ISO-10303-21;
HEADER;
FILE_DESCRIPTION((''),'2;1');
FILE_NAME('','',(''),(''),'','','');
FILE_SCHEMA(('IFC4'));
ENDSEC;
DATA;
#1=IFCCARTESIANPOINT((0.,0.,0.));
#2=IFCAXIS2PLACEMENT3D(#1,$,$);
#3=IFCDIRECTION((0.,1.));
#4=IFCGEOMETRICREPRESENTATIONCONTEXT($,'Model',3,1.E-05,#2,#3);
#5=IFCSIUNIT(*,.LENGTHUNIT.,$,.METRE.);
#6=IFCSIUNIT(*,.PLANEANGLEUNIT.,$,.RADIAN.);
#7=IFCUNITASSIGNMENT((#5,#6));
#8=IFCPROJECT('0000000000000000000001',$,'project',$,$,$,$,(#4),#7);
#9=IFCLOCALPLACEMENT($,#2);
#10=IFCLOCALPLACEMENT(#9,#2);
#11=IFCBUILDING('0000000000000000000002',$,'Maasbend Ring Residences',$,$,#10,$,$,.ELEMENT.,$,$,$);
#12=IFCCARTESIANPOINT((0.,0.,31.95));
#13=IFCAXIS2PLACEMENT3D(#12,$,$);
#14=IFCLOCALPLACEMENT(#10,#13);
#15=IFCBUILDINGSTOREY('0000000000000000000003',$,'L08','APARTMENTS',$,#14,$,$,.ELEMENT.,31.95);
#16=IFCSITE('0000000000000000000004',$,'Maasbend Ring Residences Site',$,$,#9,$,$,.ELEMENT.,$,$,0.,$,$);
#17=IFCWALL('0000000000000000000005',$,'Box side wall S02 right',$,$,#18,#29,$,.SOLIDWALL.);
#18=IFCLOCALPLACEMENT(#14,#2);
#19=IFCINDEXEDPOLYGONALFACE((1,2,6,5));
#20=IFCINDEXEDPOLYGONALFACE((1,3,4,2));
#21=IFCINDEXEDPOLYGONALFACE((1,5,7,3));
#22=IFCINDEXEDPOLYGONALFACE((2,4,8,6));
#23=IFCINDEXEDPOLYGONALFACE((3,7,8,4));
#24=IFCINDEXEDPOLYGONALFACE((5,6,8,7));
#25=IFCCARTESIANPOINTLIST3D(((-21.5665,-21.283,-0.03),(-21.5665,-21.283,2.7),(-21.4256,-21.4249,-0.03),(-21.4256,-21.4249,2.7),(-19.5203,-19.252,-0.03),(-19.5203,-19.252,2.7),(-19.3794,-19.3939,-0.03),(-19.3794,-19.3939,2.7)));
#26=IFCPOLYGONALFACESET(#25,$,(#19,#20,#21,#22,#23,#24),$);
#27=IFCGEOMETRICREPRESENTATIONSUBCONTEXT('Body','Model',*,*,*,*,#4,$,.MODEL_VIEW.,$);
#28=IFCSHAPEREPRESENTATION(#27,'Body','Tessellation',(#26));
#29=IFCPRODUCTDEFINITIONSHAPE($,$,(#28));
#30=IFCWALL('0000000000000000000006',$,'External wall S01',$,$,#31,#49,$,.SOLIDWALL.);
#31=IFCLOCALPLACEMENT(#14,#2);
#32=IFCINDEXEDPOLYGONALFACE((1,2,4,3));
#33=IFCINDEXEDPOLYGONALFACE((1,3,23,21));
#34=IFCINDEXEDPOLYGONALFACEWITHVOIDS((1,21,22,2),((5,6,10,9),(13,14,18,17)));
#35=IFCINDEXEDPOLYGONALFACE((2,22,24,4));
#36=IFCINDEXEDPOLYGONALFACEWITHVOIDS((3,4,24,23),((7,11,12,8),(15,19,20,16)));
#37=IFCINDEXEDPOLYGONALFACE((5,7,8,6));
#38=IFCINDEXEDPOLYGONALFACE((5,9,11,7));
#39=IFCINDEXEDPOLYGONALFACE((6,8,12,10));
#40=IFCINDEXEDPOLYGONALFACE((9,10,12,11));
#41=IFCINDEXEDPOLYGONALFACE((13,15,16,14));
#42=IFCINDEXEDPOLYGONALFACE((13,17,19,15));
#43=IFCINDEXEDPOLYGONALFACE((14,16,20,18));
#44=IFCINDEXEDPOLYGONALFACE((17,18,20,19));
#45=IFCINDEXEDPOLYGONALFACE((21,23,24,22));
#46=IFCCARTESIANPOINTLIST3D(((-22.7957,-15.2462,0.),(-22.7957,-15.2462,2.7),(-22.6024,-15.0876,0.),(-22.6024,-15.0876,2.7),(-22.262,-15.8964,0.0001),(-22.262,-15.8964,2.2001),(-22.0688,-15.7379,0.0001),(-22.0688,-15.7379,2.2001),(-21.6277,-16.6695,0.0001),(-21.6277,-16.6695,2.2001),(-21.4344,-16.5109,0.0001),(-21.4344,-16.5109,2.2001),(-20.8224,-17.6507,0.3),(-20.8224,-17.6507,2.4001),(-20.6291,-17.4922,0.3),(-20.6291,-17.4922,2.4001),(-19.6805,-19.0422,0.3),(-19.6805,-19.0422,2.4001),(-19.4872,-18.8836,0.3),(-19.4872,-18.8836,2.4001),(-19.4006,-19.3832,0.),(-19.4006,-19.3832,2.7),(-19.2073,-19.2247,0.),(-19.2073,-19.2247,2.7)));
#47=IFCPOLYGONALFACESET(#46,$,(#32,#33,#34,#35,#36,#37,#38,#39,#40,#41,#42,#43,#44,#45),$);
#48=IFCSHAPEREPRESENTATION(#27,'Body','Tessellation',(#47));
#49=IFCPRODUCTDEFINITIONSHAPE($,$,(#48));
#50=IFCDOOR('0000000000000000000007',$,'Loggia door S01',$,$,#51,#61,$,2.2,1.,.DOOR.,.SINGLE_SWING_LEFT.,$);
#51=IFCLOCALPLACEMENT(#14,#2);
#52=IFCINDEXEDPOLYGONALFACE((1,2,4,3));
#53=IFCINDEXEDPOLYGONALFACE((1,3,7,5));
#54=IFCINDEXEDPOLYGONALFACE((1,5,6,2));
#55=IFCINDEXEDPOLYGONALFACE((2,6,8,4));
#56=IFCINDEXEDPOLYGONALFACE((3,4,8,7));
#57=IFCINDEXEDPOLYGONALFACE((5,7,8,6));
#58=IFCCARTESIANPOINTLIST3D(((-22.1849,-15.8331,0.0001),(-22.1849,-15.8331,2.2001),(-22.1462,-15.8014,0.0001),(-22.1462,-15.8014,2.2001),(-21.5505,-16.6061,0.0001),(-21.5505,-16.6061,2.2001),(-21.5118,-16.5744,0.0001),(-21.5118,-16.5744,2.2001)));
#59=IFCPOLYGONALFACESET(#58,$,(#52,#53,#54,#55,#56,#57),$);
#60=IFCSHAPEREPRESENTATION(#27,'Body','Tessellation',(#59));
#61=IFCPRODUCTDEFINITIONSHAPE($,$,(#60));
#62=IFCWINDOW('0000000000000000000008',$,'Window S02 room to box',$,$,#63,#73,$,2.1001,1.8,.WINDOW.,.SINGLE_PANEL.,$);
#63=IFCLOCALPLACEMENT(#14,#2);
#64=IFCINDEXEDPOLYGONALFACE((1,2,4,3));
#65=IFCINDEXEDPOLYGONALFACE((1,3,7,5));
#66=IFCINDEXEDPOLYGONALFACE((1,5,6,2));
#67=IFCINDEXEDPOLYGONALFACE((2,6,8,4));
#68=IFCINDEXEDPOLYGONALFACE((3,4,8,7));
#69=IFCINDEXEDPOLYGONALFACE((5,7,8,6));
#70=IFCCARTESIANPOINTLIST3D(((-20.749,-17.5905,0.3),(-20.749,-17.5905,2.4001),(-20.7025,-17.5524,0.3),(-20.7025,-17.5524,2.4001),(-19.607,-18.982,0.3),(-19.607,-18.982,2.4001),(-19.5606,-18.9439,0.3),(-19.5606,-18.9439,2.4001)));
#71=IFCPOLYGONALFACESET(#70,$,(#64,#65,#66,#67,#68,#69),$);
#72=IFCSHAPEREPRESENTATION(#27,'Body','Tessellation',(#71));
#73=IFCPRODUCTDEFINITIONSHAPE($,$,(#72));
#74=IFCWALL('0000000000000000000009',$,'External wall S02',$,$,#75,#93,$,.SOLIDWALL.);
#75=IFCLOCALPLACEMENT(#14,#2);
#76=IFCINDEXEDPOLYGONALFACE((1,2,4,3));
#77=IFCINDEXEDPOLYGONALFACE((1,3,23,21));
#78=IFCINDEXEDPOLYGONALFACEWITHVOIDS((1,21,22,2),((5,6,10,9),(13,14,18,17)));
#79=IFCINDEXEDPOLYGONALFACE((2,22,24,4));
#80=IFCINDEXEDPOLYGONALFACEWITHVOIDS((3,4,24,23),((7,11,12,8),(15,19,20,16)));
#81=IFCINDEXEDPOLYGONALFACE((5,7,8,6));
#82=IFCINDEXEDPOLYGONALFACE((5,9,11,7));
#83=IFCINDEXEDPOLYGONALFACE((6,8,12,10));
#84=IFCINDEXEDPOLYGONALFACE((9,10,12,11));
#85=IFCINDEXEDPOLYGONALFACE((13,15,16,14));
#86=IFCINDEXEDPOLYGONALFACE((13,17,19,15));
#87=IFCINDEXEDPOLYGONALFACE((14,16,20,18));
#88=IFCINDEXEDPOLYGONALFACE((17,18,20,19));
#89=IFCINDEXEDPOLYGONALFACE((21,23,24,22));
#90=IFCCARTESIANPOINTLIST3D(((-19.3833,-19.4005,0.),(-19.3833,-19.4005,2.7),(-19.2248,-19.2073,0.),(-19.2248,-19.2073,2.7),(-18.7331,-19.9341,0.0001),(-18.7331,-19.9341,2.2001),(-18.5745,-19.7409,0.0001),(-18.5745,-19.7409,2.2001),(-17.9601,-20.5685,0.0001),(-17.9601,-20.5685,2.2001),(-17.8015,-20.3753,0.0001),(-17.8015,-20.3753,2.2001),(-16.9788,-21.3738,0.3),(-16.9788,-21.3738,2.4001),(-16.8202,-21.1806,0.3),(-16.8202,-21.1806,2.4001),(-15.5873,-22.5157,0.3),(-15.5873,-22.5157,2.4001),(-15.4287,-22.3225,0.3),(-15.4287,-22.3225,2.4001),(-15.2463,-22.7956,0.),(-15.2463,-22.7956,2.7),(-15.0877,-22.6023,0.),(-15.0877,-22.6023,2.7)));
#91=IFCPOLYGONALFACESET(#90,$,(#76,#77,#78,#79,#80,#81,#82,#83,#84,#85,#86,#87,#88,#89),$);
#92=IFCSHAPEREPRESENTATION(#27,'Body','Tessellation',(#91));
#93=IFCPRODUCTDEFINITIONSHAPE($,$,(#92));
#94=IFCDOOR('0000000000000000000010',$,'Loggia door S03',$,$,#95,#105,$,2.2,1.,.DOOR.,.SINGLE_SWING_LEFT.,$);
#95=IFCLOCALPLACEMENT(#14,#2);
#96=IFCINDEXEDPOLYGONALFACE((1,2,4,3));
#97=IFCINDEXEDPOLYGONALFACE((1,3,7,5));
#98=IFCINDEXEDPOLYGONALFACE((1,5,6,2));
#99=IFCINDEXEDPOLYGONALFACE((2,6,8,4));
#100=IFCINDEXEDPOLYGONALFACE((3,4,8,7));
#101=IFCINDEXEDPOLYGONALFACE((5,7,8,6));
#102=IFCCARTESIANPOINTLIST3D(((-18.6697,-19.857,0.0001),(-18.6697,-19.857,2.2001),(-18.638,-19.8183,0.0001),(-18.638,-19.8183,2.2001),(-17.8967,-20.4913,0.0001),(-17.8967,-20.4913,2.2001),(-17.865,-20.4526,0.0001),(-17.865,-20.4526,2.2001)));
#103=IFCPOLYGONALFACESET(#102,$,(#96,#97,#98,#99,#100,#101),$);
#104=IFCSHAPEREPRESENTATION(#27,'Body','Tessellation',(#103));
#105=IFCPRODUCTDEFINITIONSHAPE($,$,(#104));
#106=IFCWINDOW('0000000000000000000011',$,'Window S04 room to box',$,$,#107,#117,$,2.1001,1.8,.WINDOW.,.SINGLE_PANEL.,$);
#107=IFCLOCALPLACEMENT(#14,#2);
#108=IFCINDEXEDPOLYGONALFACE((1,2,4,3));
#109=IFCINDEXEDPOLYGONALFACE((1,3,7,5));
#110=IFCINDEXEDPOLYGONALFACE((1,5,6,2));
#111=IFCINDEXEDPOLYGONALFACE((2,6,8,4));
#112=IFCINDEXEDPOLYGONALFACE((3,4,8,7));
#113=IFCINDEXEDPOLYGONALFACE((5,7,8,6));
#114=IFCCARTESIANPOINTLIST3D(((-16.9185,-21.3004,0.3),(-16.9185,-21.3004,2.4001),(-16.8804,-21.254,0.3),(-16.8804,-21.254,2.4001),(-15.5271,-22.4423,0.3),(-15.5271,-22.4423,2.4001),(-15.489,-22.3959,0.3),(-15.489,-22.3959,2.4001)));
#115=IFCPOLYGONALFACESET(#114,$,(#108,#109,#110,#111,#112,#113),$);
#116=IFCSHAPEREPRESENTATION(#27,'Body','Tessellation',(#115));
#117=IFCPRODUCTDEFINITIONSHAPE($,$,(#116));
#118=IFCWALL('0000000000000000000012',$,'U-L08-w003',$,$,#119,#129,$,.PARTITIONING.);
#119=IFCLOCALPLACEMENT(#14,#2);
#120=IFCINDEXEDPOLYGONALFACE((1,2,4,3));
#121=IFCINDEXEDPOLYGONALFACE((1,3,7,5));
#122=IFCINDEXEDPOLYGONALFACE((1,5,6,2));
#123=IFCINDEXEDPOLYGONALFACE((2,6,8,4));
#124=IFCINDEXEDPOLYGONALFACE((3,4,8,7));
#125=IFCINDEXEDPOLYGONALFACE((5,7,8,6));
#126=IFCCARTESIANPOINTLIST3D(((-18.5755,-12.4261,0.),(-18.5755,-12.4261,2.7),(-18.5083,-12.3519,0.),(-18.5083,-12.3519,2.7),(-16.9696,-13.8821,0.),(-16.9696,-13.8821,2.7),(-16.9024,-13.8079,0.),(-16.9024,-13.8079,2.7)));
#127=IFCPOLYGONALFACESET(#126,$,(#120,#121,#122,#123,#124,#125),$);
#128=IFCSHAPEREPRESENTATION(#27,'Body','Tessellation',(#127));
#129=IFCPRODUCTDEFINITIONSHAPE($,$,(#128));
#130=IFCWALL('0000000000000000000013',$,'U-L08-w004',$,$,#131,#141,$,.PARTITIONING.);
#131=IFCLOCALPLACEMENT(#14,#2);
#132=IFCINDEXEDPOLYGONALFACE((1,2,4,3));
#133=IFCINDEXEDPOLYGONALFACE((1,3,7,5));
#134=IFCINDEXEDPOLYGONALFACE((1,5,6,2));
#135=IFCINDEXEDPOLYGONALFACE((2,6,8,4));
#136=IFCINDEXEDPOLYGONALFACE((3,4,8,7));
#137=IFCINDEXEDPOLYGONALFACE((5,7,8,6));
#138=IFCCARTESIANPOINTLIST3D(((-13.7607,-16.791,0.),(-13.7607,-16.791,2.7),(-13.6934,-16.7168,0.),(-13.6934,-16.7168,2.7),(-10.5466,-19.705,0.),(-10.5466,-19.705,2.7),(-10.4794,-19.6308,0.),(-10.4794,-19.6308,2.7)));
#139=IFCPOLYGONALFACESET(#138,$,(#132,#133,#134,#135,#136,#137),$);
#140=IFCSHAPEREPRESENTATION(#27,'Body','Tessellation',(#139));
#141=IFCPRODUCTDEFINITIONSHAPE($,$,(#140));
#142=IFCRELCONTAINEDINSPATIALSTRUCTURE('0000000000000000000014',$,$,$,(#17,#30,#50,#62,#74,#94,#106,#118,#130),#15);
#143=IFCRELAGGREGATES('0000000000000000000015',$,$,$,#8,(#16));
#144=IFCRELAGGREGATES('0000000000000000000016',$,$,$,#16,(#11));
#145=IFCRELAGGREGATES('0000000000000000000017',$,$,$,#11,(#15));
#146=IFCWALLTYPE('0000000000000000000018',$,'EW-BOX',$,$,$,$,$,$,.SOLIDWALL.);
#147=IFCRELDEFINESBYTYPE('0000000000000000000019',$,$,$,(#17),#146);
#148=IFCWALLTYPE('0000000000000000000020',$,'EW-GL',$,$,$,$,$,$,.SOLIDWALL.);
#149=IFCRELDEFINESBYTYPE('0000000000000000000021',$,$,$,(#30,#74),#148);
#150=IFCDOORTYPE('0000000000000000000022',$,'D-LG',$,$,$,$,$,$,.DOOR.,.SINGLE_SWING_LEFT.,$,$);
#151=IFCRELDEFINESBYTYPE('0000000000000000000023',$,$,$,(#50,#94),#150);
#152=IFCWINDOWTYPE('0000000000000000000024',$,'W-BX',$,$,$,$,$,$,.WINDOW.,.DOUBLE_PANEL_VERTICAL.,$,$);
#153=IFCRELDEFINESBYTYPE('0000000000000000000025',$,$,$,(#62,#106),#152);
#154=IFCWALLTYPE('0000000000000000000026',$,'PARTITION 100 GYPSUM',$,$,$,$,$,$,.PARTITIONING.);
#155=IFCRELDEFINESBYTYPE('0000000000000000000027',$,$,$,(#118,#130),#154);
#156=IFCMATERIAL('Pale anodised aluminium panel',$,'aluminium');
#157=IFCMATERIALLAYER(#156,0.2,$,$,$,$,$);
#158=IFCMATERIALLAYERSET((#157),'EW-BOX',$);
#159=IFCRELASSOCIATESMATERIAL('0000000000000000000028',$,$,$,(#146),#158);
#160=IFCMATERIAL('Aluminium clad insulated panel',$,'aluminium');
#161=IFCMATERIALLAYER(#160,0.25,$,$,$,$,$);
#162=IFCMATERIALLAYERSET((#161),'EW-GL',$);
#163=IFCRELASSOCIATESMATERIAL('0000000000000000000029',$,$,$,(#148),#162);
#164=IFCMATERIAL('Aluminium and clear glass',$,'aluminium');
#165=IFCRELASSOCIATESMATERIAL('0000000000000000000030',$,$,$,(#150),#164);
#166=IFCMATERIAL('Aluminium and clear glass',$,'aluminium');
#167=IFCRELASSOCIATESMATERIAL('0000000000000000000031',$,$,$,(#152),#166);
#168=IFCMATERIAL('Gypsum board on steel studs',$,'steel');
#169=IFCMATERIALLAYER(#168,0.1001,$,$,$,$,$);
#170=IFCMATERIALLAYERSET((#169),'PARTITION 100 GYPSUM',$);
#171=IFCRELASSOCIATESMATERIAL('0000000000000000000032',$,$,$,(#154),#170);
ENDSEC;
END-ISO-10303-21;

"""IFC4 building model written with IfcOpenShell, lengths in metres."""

from ifc_helpers import new_model, si_unit, direction, frame, frame_2d, origin, place, context, subcontext, project, spatial, rectangle, extrude, material, layer, layer_set, type_object, element, fill, save


model = new_model("IFC4")

# Units and contexts
model_context = context("Model", 3, precision=1e-05, world=origin(), true_north=direction((0.0, 1.0)))
body_context = subcontext(model_context, "Body", "Model", "MODEL_VIEW")
ifc_project = project(units=[si_unit("LENGTHUNIT", "METRE"), si_unit("PLANEANGLEUNIT", "RADIAN")], contexts=[model_context])

# Site, building, storey
site_placement = place(None, origin())
site = spatial("IfcSite", under=ifc_project, at=site_placement, Name="Maasbend Ring Residences Site", CompositionType="ELEMENT", RefElevation=0.0)
building_placement = place(site_placement, origin())
building = spatial("IfcBuilding", under=site, at=building_placement, Name="Maasbend Ring Residences", CompositionType="ELEMENT")
storey_placement = place(building_placement, frame((0.0, 0.0, 31.95)))
storey = spatial("IfcBuildingStorey", under=building, at=storey_placement, Name="L08", Description="APARTMENTS", CompositionType="ELEMENT", Elevation=31.95)

# Shared definitions
ifc_material_1 = material(Name="Pale anodised aluminium panel", Category="aluminium")
ifc_layer_1 = layer(ifc_material_1, 0.2)
ifc_layer_set_1 = layer_set([ifc_layer_1], Name="EW-BOX")
wall_type_1 = type_object("IfcWallType", Name="EW-BOX", PredefinedType="SOLIDWALL", material=ifc_layer_set_1)

# Wall
wall_1_placement = place(storey_placement, frame((-19.45, -19.323, -0.03), z_axis=(0.0, 0.0, 1.0), x_axis=(-0.709727, -0.704477, 0.0)))
element("IfcWall", 1, at=wall_1_placement, inside=storey, type_object=wall_type_1, Name="Box side wall S02 right", PredefinedType="SOLIDWALL", context=body_context, shape_type="SweptSolid", body=[
    extrude(rectangle(XDim=2.8831, YDim=0.2, at=frame_2d((1.4414, 0.0))), origin(), (0.0, 0.0, 1.0), 2.73),
])

# Walls, openings, doors, windows
ifc_material_2 = material(Name="Aluminium clad insulated panel", Category="aluminium")
ifc_layer_2 = layer(ifc_material_2, 0.25)
ifc_layer_set_2 = layer_set([ifc_layer_2], Name="EW-GL")
wall_type_2 = type_object("IfcWallType", Name="EW-GL", PredefinedType="SOLIDWALL", material=ifc_layer_set_2)
wall_2_placement = place(storey_placement, frame((-22.699, -15.167, 0.0), z_axis=(0.0, 0.0, 1.0), x_axis=(0.634382, -0.773019, 0.0)))
wall_2 = element("IfcWall", 2, at=wall_2_placement, inside=storey, type_object=wall_type_2, Name="External wall S01", PredefinedType="SOLIDWALL", context=body_context, shape_type="SweptSolid", body=[
    extrude(rectangle(XDim=5.3518, YDim=0.25, at=frame_2d((2.6758, 0.0))), origin(), (0.0, 0.0, 1.0), 2.7),
])
opening_1_placement = place(wall_2_placement, frame((0.8411, 0.0, 0.0)))
opening_1 = element("IfcOpeningElement", 3, at=opening_1_placement, cuts=wall_2, PredefinedType="OPENING", context=body_context, shape_type="SweptSolid", body=[
    extrude(rectangle(XDim=1.0, YDim=2.2, at=frame_2d((0.5, 1.1001))), frame((0.0, 0.135, 0.0), z_axis=(0.0, -1.0, 0.0), x_axis=(1.0, 0.0, 0.0)), (0.0, 0.0, 1.0), 0.27),
])
opening_2_placement = place(wall_2_placement, frame((3.1106, 0.0, 0.3)))
opening_2 = element("IfcOpeningElement", 4, at=opening_2_placement, cuts=wall_2, PredefinedType="OPENING", context=body_context, shape_type="SweptSolid", body=[
    extrude(rectangle(XDim=1.8, YDim=2.1001, at=frame_2d((0.8999, 1.05))), frame((0.0, 0.135, 0.0), z_axis=(0.0, -1.0, 0.0), x_axis=(1.0, 0.0, 0.0)), (0.0, 0.0, 1.0), 0.27),
])
ifc_material_3 = material(Name="Aluminium and clear glass", Category="aluminium")
door_type_1 = type_object("IfcDoorType", Name="D-LG", OperationType="SINGLE_SWING_LEFT", PredefinedType="DOOR", material=ifc_material_3)
door_1_placement = place(opening_1_placement, origin())
door_1 = element("IfcDoor", 5, at=door_1_placement, inside=storey, type_object=door_type_1, Name="Loggia door S01", OperationType="SINGLE_SWING_LEFT", OverallHeight=2.2, OverallWidth=1.0, PredefinedType="DOOR", context=body_context, shape_type="SweptSolid", body=[
    extrude(rectangle(XDim=1.0, YDim=2.2, at=frame_2d((0.5, 1.1001))), frame((0.0, 0.0249, 0.0), z_axis=(0.0, -1.0, 0.0), x_axis=(1.0, 0.0, 0.0)), (0.0, 0.0, 1.0), 0.05),
])
fill(opening_1, door_1)
ifc_material_4 = material(Name="Aluminium and clear glass", Category="aluminium")
window_type_1 = type_object("IfcWindowType", Name="W-BX", PartitioningType="DOUBLE_PANEL_VERTICAL", PredefinedType="WINDOW", material=ifc_material_4)
window_1_placement = place(opening_2_placement, origin())
window_1 = element("IfcWindow", 6, at=window_1_placement, inside=storey, type_object=window_type_1, Name="Window S02 room to box", OverallHeight=2.1001, OverallWidth=1.8, PartitioningType="SINGLE_PANEL", PredefinedType="WINDOW", context=body_context, shape_type="SweptSolid", body=[
    extrude(rectangle(XDim=1.8, YDim=2.1001, at=frame_2d((0.8999, 1.05))), frame((0.0, 0.03, 0.0), z_axis=(0.0, -1.0, 0.0), x_axis=(1.0, 0.0, 0.0)), (0.0, 0.0, 1.0), 0.0601),
])
fill(opening_2, window_1)
wall_3_placement = place(storey_placement, frame((-19.304, -19.304, 0.0), z_axis=(0.0, 0.0, 1.0), x_axis=(0.773019, -0.634382, 0.0)))
wall_3 = element("IfcWall", 7, at=wall_3_placement, inside=storey, type_object=wall_type_2, Name="External wall S02", PredefinedType="SOLIDWALL", context=body_context, shape_type="SweptSolid", body=[
    extrude(rectangle(XDim=5.3518, YDim=0.25, at=frame_2d((2.6758, 0.0))), origin(), (0.0, 0.0, 1.0), 2.7),
])
opening_3_placement = place(wall_3_placement, frame((0.8411, 0.0, 0.0)))
opening_3 = element("IfcOpeningElement", 8, at=opening_3_placement, cuts=wall_3, PredefinedType="OPENING", context=body_context, shape_type="SweptSolid", body=[
    extrude(rectangle(XDim=1.0, YDim=2.2, at=frame_2d((0.5, 1.1001))), frame((0.0, 0.135, 0.0), z_axis=(0.0, -1.0, 0.0), x_axis=(1.0, 0.0, 0.0)), (0.0, 0.0, 1.0), 0.27),
])
opening_4_placement = place(wall_3_placement, frame((3.1106, 0.0, 0.3)))
opening_4 = element("IfcOpeningElement", 9, at=opening_4_placement, cuts=wall_3, PredefinedType="OPENING", context=body_context, shape_type="SweptSolid", body=[
    extrude(rectangle(XDim=1.8, YDim=2.1001, at=frame_2d((0.8999, 1.05))), frame((0.0, 0.135, 0.0), z_axis=(0.0, -1.0, 0.0), x_axis=(1.0, 0.0, 0.0)), (0.0, 0.0, 1.0), 0.27),
])
door_2_placement = place(opening_3_placement, origin())
door_2 = element("IfcDoor", 10, at=door_2_placement, inside=storey, type_object=door_type_1, Name="Loggia door S03", OperationType="SINGLE_SWING_LEFT", OverallHeight=2.2, OverallWidth=1.0, PredefinedType="DOOR", context=body_context, shape_type="SweptSolid", body=[
    extrude(rectangle(XDim=1.0, YDim=2.2, at=frame_2d((0.5, 1.1001))), frame((0.0, 0.0249, 0.0), z_axis=(0.0, -1.0, 0.0), x_axis=(1.0, 0.0, 0.0)), (0.0, 0.0, 1.0), 0.05),
])
fill(opening_3, door_2)
window_2_placement = place(opening_4_placement, origin())
window_2 = element("IfcWindow", 11, at=window_2_placement, inside=storey, type_object=window_type_1, Name="Window S04 room to box", OverallHeight=2.1001, OverallWidth=1.8, PartitioningType="SINGLE_PANEL", PredefinedType="WINDOW", context=body_context, shape_type="SweptSolid", body=[
    extrude(rectangle(XDim=1.8, YDim=2.1001, at=frame_2d((0.8999, 1.05))), frame((0.0, 0.03, 0.0), z_axis=(0.0, -1.0, 0.0), x_axis=(1.0, 0.0, 0.0)), (0.0, 0.0, 1.0), 0.0601),
])
fill(opening_4, window_2)

# Walls
ifc_material_5 = material(Name="Gypsum board on steel studs", Category="steel")
ifc_layer_3 = layer(ifc_material_5, 0.1001)
ifc_layer_set_3 = layer_set([ifc_layer_3], Name="PARTITION 100 GYPSUM")
wall_type_3 = type_object("IfcWallType", Name="PARTITION 100 GYPSUM", PredefinedType="PARTITIONING", material=ifc_layer_set_3)
wall_4_placement = place(storey_placement, frame((-18.542, -12.3889, 0.0), z_axis=(0.0, 0.0, 1.0), x_axis=(0.740836, -0.671686, 0.0)))
element("IfcWall", 12, at=wall_4_placement, inside=storey, type_object=wall_type_3, Name="U-L08-w003", PredefinedType="PARTITIONING", context=body_context, shape_type="SweptSolid", body=[
    extrude(rectangle(XDim=2.1677, YDim=0.1001, at=frame_2d((1.084, 0.0))), origin(), (0.0, 0.0, 1.0), 2.7),
])
wall_5_placement = place(storey_placement, frame((-13.7271, -16.7539, 0.0), z_axis=(0.0, 0.0, 1.0), x_axis=(0.740841, -0.671681, 0.0)))
element("IfcWall", 13, at=wall_5_placement, inside=storey, type_object=wall_type_3, Name="U-L08-w004", PredefinedType="PARTITIONING", context=body_context, shape_type="SweptSolid", body=[
    extrude(rectangle(XDim=4.3384, YDim=0.1001, at=frame_2d((2.1692, 0.0))), origin(), (0.0, 0.0, 1.0), 2.7),
])

save(model, "model.ifc")
